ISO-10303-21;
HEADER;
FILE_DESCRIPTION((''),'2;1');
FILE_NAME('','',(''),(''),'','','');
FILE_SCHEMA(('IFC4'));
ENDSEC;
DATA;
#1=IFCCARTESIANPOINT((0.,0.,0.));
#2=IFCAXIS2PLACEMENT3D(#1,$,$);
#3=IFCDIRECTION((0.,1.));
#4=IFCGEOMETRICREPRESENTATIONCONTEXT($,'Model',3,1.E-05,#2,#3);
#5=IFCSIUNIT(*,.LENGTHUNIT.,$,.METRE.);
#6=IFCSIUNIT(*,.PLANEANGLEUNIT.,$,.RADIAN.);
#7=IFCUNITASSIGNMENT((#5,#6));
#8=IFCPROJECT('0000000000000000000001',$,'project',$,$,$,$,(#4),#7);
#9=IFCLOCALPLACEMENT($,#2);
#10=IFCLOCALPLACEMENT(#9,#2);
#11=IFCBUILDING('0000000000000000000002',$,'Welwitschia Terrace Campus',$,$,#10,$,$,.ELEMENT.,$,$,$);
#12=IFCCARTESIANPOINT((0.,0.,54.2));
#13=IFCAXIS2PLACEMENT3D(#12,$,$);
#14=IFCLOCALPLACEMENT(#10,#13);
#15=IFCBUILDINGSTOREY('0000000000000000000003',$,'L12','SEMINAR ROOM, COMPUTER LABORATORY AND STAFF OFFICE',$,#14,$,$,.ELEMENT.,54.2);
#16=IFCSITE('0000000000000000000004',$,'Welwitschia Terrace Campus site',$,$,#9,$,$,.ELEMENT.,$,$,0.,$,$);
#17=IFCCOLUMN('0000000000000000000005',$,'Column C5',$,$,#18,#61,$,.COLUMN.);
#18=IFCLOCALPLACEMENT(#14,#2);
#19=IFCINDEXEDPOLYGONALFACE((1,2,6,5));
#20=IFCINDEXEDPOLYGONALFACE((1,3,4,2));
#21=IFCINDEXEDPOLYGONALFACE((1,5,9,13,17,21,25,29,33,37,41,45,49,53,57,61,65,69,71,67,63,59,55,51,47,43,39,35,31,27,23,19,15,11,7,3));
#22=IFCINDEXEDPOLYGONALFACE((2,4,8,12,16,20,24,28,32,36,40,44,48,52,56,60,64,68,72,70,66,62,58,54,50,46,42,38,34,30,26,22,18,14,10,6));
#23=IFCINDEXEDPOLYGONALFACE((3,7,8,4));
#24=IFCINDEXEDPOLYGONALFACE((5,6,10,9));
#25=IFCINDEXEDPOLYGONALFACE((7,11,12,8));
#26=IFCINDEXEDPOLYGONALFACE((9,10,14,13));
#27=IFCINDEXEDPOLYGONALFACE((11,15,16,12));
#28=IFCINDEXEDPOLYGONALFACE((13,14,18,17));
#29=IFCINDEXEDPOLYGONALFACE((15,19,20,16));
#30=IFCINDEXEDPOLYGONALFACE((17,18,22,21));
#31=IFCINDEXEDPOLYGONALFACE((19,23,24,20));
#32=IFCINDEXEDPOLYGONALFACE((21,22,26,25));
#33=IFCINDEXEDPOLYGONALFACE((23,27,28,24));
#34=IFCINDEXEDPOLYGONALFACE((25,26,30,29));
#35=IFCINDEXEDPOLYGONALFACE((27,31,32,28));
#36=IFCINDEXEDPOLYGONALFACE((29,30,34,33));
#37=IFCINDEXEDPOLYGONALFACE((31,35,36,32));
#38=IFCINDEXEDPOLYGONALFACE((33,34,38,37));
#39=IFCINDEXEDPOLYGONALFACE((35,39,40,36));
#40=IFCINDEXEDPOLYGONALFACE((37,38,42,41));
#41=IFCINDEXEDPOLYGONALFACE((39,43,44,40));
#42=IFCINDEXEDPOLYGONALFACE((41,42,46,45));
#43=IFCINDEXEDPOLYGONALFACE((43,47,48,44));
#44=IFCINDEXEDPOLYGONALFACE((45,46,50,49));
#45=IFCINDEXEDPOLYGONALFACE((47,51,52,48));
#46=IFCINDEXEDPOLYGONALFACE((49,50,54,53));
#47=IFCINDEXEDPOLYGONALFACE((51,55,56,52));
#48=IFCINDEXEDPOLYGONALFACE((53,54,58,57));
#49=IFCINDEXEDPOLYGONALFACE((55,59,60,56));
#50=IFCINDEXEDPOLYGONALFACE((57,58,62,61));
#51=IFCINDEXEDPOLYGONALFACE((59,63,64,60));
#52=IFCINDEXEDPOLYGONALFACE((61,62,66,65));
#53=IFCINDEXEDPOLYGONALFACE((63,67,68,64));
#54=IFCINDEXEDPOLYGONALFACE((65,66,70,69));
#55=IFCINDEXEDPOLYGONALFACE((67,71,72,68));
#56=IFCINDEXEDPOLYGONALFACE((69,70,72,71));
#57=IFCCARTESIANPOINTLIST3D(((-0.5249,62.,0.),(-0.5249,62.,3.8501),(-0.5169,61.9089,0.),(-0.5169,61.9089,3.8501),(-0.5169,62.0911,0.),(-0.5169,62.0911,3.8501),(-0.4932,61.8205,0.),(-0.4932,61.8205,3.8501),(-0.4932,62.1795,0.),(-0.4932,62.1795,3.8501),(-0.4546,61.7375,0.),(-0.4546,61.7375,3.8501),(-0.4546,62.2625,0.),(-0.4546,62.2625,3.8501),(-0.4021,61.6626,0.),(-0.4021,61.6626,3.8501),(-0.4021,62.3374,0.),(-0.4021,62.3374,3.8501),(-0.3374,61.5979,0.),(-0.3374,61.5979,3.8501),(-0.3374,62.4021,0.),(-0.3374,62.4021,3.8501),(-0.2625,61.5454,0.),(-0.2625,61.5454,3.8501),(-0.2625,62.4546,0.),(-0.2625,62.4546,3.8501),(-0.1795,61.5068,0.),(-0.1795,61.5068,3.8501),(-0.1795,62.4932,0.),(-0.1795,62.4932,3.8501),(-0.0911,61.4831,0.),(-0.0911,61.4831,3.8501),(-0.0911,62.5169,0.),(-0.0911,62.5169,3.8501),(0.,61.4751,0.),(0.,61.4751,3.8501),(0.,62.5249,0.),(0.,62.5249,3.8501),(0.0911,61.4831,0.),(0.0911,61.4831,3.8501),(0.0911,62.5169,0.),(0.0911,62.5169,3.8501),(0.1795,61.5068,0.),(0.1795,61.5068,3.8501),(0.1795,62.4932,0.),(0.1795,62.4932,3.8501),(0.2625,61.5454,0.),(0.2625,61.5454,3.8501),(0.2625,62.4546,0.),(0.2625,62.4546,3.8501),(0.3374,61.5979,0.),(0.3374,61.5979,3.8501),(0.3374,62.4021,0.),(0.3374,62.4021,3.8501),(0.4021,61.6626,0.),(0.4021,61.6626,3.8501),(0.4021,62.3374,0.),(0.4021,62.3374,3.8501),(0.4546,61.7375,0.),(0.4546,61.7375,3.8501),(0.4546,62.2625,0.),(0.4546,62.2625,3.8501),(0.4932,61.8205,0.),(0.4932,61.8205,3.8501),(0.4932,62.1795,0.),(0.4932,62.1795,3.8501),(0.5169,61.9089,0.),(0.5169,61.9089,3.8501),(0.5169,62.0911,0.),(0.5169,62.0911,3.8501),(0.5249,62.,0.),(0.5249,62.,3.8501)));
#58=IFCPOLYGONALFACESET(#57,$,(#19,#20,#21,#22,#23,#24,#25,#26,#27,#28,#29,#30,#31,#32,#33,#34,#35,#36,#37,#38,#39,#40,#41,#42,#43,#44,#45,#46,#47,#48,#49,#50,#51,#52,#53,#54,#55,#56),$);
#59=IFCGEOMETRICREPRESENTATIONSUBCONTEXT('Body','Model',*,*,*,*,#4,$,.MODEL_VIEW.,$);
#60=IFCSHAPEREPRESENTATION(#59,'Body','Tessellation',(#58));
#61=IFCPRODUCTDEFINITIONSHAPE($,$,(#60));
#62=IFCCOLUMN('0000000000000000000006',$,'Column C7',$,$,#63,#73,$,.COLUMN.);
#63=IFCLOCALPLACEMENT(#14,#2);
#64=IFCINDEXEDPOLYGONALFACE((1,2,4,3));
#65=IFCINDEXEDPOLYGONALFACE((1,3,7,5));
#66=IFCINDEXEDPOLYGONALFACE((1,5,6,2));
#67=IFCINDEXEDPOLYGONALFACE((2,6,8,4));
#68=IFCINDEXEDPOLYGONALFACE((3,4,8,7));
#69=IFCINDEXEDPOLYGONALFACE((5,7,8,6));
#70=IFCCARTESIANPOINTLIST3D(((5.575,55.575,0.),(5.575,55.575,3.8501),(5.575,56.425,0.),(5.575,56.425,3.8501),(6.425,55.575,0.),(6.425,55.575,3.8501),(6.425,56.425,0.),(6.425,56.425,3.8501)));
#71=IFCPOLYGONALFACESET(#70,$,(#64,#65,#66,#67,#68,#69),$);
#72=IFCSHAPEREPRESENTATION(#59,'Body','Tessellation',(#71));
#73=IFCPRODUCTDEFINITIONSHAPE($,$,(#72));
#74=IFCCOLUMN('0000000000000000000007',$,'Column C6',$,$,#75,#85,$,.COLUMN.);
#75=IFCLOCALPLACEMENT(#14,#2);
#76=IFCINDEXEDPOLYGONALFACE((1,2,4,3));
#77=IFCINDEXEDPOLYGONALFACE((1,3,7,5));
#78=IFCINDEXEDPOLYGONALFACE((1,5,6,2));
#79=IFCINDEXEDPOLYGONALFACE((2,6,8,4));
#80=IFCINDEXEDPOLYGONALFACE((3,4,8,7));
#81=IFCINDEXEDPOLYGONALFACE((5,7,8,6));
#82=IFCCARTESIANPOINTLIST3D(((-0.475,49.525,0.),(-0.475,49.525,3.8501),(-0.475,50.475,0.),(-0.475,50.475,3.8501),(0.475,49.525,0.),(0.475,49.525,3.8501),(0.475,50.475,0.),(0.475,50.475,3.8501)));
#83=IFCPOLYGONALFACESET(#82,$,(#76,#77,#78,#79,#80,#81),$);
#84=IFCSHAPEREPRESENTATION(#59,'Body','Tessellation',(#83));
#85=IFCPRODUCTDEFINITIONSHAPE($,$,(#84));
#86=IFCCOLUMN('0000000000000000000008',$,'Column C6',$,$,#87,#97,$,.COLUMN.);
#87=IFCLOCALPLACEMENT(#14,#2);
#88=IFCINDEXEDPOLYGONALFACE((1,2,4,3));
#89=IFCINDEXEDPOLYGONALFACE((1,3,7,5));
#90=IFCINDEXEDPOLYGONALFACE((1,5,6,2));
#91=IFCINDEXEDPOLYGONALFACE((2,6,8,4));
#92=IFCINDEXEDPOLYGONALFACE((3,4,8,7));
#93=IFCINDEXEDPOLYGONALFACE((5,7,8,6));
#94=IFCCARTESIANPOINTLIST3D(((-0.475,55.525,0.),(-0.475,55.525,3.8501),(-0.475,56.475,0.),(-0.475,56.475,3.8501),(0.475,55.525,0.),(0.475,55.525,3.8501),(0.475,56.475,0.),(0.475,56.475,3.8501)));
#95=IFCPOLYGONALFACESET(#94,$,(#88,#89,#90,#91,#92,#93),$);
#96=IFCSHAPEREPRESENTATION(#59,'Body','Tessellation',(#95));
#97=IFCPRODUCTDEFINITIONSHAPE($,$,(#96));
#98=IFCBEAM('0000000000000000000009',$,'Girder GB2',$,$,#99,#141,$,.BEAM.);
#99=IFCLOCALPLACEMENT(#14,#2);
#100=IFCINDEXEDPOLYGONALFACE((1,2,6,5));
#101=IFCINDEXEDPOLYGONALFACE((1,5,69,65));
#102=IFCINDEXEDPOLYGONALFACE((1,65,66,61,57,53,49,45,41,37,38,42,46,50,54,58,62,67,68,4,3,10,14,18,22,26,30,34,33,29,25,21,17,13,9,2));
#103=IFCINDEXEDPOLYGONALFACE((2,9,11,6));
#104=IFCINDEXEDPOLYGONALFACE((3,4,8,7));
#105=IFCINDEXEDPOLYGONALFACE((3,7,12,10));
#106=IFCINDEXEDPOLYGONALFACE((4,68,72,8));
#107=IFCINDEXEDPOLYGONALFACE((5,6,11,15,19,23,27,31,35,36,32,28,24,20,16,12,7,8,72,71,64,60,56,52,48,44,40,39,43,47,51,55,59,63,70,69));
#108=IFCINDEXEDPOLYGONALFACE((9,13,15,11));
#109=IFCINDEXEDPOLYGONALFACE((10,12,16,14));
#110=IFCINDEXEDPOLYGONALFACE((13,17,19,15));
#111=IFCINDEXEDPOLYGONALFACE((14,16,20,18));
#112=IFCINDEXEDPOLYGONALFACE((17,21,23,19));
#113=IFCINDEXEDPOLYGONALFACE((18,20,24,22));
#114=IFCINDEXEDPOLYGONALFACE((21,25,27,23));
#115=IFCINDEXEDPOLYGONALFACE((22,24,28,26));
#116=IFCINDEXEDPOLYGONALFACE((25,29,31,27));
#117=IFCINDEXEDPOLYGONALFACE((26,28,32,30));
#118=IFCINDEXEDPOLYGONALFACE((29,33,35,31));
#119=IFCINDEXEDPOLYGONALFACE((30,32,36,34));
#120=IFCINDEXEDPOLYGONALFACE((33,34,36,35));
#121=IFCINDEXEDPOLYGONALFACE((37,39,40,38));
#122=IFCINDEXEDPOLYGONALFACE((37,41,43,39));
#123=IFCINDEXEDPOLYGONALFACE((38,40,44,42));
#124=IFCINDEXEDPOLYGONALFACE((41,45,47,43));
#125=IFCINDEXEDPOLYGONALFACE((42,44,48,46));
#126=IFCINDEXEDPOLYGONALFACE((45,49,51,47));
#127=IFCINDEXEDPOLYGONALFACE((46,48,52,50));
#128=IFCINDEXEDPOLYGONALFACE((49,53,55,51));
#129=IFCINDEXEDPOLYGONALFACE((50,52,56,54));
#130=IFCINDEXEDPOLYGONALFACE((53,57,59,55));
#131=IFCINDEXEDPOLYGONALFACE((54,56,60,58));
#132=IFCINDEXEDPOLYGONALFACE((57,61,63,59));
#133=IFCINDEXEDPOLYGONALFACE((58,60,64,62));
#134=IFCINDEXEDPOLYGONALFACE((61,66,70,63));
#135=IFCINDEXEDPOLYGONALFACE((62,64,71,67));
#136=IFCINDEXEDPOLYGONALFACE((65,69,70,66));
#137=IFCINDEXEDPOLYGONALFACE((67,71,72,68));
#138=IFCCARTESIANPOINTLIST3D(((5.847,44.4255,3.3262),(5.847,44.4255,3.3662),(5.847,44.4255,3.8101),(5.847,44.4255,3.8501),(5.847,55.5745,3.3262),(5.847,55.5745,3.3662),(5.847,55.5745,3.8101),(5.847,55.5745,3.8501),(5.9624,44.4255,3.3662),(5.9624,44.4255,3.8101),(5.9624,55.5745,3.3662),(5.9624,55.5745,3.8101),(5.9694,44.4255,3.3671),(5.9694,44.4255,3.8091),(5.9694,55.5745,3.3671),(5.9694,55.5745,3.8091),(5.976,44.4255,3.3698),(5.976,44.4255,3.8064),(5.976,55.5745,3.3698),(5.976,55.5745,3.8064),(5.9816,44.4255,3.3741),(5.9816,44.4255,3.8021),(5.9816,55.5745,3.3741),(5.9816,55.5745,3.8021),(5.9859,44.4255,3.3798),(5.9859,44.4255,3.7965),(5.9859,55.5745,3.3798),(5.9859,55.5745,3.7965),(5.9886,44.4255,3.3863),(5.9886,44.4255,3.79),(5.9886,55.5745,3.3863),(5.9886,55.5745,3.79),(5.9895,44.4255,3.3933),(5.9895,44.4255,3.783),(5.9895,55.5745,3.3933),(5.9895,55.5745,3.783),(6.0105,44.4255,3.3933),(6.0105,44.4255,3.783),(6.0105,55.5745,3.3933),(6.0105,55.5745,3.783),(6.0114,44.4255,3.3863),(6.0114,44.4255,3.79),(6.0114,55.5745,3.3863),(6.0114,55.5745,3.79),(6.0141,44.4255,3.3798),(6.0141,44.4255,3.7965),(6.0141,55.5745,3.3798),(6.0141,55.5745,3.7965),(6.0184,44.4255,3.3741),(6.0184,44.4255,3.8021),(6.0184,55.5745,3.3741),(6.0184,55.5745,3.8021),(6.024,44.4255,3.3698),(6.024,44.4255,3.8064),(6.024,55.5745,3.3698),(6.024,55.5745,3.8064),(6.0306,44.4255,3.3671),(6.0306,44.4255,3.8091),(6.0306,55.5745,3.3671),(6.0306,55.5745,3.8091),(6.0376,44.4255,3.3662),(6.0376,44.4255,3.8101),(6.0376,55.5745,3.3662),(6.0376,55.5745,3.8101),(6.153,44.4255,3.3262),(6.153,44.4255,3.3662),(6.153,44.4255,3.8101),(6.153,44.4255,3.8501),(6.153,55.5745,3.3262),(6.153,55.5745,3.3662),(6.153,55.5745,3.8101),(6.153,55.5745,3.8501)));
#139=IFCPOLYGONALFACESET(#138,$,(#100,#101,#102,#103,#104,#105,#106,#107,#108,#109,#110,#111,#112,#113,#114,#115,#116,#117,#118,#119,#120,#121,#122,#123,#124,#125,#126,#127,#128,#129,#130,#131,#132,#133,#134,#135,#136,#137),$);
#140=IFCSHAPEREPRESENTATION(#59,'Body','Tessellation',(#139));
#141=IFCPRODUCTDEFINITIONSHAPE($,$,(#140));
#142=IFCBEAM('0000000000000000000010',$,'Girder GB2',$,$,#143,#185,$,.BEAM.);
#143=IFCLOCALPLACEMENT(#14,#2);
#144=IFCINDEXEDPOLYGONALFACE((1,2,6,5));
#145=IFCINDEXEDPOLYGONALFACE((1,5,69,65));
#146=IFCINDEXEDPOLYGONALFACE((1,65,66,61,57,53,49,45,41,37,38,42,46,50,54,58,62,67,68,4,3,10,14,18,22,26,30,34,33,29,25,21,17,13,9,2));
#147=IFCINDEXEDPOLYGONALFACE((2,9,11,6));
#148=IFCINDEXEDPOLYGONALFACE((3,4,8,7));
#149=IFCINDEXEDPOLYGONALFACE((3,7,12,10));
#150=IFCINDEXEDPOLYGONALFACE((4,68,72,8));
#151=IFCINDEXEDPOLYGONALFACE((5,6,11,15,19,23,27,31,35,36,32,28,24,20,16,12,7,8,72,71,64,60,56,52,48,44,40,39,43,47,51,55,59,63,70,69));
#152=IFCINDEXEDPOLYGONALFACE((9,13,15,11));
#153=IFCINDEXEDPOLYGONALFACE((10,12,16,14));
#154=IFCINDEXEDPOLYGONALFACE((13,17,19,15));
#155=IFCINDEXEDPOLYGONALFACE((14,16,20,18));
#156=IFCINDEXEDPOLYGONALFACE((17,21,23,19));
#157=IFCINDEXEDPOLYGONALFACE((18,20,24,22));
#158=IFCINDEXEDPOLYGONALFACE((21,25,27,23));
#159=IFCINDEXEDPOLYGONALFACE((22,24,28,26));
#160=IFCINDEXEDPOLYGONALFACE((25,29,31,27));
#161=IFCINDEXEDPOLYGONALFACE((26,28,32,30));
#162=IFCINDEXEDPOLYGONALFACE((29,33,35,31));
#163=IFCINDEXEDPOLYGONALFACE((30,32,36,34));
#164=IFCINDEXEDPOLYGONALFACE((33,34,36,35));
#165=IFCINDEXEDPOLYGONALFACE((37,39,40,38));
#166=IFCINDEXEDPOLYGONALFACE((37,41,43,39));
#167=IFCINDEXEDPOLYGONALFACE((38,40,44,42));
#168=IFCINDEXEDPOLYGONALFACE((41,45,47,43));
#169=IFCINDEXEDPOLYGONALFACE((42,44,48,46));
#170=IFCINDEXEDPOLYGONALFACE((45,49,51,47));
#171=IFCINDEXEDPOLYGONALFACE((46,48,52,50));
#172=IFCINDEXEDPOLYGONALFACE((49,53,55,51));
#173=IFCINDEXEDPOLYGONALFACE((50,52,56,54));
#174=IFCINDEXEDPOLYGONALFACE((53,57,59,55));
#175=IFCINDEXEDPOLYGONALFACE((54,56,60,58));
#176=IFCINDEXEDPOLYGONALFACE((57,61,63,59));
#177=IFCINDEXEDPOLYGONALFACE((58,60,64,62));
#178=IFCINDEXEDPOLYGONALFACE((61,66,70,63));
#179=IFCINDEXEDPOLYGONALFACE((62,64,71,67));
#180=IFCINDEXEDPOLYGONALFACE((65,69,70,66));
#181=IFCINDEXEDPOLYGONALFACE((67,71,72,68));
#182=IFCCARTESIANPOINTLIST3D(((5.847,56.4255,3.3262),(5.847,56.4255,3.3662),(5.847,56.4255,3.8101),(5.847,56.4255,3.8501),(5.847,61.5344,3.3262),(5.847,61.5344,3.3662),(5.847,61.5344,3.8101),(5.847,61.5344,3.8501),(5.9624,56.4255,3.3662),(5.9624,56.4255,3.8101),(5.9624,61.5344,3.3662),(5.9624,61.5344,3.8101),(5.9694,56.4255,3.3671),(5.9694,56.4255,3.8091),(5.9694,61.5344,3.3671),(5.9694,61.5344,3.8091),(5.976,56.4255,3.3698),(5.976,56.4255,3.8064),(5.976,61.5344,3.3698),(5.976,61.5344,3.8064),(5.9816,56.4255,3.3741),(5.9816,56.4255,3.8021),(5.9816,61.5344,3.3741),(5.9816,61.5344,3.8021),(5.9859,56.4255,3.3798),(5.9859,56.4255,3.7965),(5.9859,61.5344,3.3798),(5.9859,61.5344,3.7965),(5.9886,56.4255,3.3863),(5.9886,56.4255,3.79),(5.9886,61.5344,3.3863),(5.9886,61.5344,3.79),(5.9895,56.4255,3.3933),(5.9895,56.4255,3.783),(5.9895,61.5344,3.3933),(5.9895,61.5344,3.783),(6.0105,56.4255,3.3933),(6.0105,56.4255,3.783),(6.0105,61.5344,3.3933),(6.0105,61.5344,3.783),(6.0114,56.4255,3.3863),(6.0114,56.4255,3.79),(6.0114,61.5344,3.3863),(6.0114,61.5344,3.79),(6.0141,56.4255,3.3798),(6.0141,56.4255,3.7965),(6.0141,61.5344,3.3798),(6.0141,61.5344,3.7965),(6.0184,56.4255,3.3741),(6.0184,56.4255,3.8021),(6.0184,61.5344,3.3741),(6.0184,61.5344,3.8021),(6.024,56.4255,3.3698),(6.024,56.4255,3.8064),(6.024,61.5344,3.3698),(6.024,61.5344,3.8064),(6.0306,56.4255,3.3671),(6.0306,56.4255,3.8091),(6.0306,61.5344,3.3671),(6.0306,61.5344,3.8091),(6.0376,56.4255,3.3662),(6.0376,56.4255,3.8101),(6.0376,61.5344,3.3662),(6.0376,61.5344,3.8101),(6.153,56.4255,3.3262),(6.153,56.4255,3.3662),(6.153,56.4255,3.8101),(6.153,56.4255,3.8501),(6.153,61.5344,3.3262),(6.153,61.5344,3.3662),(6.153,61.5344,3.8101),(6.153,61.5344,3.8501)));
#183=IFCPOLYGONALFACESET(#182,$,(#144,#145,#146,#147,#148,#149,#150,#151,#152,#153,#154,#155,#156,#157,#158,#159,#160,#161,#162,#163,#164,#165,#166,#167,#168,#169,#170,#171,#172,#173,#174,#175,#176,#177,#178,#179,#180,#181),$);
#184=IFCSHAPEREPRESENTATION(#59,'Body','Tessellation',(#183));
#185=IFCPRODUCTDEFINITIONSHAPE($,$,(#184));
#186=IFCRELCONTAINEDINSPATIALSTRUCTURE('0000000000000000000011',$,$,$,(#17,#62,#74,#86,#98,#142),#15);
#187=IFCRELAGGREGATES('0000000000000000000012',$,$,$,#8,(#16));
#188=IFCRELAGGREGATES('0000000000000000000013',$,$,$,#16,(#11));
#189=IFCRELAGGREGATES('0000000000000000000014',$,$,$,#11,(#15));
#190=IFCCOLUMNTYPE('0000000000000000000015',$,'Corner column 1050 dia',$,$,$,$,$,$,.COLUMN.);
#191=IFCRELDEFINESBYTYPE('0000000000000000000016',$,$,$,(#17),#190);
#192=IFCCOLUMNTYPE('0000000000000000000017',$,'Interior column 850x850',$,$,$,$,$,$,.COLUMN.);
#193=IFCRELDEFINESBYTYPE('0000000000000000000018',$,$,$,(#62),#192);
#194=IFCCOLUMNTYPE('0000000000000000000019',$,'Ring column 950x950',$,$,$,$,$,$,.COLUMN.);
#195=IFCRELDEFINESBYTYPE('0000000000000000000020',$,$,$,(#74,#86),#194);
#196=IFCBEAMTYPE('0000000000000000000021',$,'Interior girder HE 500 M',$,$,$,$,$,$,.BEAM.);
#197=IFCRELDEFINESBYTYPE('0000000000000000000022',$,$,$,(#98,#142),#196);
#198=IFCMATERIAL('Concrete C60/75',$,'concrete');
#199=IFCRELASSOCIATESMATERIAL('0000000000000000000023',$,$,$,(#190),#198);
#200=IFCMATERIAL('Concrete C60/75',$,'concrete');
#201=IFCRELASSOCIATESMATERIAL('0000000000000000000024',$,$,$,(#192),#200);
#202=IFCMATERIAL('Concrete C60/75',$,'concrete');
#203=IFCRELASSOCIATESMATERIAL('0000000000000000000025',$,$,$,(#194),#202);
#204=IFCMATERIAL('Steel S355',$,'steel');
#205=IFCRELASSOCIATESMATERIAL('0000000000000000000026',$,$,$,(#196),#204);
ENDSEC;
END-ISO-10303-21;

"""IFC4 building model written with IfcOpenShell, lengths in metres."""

from ifc_helpers import new_model, si_unit, direction, frame, origin, origin_2d, place, context, subcontext, project, spatial, rectangle, circle, i_section, extrude, material, material_profile, profile_set, type_object, element, save


model = new_model("IFC4")

# Units and contexts
model_context = context("Model", 3, precision=1e-05, world=origin(), true_north=direction((0.0, 1.0)))
body_context = subcontext(model_context, "Body", "Model", "MODEL_VIEW")
ifc_project = project(units=[si_unit("LENGTHUNIT", "METRE"), si_unit("PLANEANGLEUNIT", "RADIAN")], contexts=[model_context])

# Site, building, storey
site_placement = place(None, origin())
site = spatial("IfcSite", under=ifc_project, at=site_placement, Name="Welwitschia Terrace Campus site", CompositionType="ELEMENT", RefElevation=0.0)
building_placement = place(site_placement, origin())
building = spatial("IfcBuilding", under=site, at=building_placement, Name="Welwitschia Terrace Campus", CompositionType="ELEMENT")
storey_placement = place(building_placement, frame((0.0, 0.0, 54.2)))
storey = spatial("IfcBuildingStorey", under=building, at=storey_placement, Name="L12", Description="SEMINAR ROOM, COMPUTER LABORATORY AND STAFF OFFICE", CompositionType="ELEMENT", Elevation=54.2)

# Columns
ifc_material_1 = material(Name="Concrete C60/75", Category="concrete")
ifc_material_profile_1 = material_profile(ifc_material_1, circle(Radius=0.5249, at=origin_2d()))
ifc_profile_set_1 = profile_set([ifc_material_profile_1], Name="Concrete C60/75")
column_type_1 = type_object("IfcColumnType", Name="Corner column 1050 dia", PredefinedType="COLUMN", material=ifc_profile_set_1)
column_1_placement = place(storey_placement, frame((0.0, 62.0, 0.0), z_axis=(0.0, 0.0, 1.0), x_axis=(1.0, 0.0, 0.0)))
element("IfcColumn", 1, at=column_1_placement, inside=storey, type_object=column_type_1, Name="Column C5", PredefinedType="COLUMN", context=body_context, shape_type="SweptSolid", body=[
    extrude(circle(Radius=0.5249, at=origin_2d()), origin(), (0.0, 0.0, 1.0), 3.8501),
])
ifc_material_2 = material(Name="Concrete C60/75", Category="concrete")
ifc_material_profile_2 = material_profile(ifc_material_2, rectangle(XDim=0.8501, YDim=0.8501, at=origin_2d()))
ifc_profile_set_2 = profile_set([ifc_material_profile_2], Name="Concrete C60/75")
column_type_2 = type_object("IfcColumnType", Name="Interior column 850x850", PredefinedType="COLUMN", material=ifc_profile_set_2)
column_2_placement = place(storey_placement, frame((6.0, 56.0, 0.0), z_axis=(0.0, 0.0, 1.0), x_axis=(1.0, 0.0, 0.0)))
element("IfcColumn", 2, at=column_2_placement, inside=storey, type_object=column_type_2, Name="Column C7", PredefinedType="COLUMN", context=body_context, shape_type="SweptSolid", body=[
    extrude(rectangle(XDim=0.8501, YDim=0.8501, at=origin_2d()), origin(), (0.0, 0.0, 1.0), 3.8501),
])
ifc_material_3 = material(Name="Concrete C60/75", Category="concrete")
ifc_material_profile_3 = material_profile(ifc_material_3, rectangle(XDim=0.95, YDim=0.95, at=origin_2d()))
ifc_profile_set_3 = profile_set([ifc_material_profile_3], Name="Concrete C60/75")
column_type_3 = type_object("IfcColumnType", Name="Ring column 950x950", PredefinedType="COLUMN", material=ifc_profile_set_3)
for number, where, z_axis, x_axis, name in (
    (3, (0.0, 50.0, 0.0), (0.0, 0.0, 1.0), (1.0, 0.0, 0.0), "Column C6"),
    (4, (0.0, 56.0, 0.0), (0.0, 0.0, 1.0), (1.0, 0.0, 0.0), "Column C6"),
):
    element("IfcColumn", number, at=place(storey_placement, frame(where, z_axis=z_axis, x_axis=x_axis)), inside=storey, type_object=column_type_3, Name=name, PredefinedType="COLUMN", context=body_context, shape_type="SweptSolid", body=[
        extrude(rectangle(XDim=0.95, YDim=0.95, at=origin_2d()), origin(), (0.0, 0.0, 1.0), 3.8501),
    ])

# Beams
ifc_material_4 = material(Name="Steel S355", Category="steel")
ifc_material_profile_4 = material_profile(ifc_material_4, i_section(OverallWidth=0.3059, OverallDepth=0.5239, WebThickness=0.021, FlangeThickness=0.04, FilletRadius=0.0271, at=origin_2d()))
ifc_profile_set_4 = profile_set([ifc_material_profile_4], Name="Steel S355")
beam_type_1 = type_object("IfcBeamType", Name="Interior girder HE 500 M", PredefinedType="BEAM", material=ifc_profile_set_4)
beam_1_placement = place(storey_placement, frame((6.0, 44.4255, 3.5881), z_axis=(0.0, 1.0, 0.0), x_axis=(-1.0, 0.0, 0.0)))
element("IfcBeam", 5, at=beam_1_placement, inside=storey, type_object=beam_type_1, Name="Girder GB2", PredefinedType="BEAM", context=body_context, shape_type="SweptSolid", body=[
    extrude(i_section(OverallWidth=0.3059, OverallDepth=0.5239, WebThickness=0.021, FlangeThickness=0.04, FilletRadius=0.0271, at=origin_2d()), origin(), (0.0, 0.0, 1.0), 11.1489),
])
beam_2_placement = place(storey_placement, frame((6.0, 56.4255, 3.5881), z_axis=(0.0, 1.0, 0.0), x_axis=(-1.0, 0.0, 0.0)))
element("IfcBeam", 6, at=beam_2_placement, inside=storey, type_object=beam_type_1, Name="Girder GB2", PredefinedType="BEAM", context=body_context, shape_type="SweptSolid", body=[
    extrude(i_section(OverallWidth=0.3059, OverallDepth=0.5239, WebThickness=0.021, FlangeThickness=0.04, FilletRadius=0.0271, at=origin_2d()), origin(), (0.0, 0.0, 1.0), 5.1089),
])

save(model, "model.ifc")
